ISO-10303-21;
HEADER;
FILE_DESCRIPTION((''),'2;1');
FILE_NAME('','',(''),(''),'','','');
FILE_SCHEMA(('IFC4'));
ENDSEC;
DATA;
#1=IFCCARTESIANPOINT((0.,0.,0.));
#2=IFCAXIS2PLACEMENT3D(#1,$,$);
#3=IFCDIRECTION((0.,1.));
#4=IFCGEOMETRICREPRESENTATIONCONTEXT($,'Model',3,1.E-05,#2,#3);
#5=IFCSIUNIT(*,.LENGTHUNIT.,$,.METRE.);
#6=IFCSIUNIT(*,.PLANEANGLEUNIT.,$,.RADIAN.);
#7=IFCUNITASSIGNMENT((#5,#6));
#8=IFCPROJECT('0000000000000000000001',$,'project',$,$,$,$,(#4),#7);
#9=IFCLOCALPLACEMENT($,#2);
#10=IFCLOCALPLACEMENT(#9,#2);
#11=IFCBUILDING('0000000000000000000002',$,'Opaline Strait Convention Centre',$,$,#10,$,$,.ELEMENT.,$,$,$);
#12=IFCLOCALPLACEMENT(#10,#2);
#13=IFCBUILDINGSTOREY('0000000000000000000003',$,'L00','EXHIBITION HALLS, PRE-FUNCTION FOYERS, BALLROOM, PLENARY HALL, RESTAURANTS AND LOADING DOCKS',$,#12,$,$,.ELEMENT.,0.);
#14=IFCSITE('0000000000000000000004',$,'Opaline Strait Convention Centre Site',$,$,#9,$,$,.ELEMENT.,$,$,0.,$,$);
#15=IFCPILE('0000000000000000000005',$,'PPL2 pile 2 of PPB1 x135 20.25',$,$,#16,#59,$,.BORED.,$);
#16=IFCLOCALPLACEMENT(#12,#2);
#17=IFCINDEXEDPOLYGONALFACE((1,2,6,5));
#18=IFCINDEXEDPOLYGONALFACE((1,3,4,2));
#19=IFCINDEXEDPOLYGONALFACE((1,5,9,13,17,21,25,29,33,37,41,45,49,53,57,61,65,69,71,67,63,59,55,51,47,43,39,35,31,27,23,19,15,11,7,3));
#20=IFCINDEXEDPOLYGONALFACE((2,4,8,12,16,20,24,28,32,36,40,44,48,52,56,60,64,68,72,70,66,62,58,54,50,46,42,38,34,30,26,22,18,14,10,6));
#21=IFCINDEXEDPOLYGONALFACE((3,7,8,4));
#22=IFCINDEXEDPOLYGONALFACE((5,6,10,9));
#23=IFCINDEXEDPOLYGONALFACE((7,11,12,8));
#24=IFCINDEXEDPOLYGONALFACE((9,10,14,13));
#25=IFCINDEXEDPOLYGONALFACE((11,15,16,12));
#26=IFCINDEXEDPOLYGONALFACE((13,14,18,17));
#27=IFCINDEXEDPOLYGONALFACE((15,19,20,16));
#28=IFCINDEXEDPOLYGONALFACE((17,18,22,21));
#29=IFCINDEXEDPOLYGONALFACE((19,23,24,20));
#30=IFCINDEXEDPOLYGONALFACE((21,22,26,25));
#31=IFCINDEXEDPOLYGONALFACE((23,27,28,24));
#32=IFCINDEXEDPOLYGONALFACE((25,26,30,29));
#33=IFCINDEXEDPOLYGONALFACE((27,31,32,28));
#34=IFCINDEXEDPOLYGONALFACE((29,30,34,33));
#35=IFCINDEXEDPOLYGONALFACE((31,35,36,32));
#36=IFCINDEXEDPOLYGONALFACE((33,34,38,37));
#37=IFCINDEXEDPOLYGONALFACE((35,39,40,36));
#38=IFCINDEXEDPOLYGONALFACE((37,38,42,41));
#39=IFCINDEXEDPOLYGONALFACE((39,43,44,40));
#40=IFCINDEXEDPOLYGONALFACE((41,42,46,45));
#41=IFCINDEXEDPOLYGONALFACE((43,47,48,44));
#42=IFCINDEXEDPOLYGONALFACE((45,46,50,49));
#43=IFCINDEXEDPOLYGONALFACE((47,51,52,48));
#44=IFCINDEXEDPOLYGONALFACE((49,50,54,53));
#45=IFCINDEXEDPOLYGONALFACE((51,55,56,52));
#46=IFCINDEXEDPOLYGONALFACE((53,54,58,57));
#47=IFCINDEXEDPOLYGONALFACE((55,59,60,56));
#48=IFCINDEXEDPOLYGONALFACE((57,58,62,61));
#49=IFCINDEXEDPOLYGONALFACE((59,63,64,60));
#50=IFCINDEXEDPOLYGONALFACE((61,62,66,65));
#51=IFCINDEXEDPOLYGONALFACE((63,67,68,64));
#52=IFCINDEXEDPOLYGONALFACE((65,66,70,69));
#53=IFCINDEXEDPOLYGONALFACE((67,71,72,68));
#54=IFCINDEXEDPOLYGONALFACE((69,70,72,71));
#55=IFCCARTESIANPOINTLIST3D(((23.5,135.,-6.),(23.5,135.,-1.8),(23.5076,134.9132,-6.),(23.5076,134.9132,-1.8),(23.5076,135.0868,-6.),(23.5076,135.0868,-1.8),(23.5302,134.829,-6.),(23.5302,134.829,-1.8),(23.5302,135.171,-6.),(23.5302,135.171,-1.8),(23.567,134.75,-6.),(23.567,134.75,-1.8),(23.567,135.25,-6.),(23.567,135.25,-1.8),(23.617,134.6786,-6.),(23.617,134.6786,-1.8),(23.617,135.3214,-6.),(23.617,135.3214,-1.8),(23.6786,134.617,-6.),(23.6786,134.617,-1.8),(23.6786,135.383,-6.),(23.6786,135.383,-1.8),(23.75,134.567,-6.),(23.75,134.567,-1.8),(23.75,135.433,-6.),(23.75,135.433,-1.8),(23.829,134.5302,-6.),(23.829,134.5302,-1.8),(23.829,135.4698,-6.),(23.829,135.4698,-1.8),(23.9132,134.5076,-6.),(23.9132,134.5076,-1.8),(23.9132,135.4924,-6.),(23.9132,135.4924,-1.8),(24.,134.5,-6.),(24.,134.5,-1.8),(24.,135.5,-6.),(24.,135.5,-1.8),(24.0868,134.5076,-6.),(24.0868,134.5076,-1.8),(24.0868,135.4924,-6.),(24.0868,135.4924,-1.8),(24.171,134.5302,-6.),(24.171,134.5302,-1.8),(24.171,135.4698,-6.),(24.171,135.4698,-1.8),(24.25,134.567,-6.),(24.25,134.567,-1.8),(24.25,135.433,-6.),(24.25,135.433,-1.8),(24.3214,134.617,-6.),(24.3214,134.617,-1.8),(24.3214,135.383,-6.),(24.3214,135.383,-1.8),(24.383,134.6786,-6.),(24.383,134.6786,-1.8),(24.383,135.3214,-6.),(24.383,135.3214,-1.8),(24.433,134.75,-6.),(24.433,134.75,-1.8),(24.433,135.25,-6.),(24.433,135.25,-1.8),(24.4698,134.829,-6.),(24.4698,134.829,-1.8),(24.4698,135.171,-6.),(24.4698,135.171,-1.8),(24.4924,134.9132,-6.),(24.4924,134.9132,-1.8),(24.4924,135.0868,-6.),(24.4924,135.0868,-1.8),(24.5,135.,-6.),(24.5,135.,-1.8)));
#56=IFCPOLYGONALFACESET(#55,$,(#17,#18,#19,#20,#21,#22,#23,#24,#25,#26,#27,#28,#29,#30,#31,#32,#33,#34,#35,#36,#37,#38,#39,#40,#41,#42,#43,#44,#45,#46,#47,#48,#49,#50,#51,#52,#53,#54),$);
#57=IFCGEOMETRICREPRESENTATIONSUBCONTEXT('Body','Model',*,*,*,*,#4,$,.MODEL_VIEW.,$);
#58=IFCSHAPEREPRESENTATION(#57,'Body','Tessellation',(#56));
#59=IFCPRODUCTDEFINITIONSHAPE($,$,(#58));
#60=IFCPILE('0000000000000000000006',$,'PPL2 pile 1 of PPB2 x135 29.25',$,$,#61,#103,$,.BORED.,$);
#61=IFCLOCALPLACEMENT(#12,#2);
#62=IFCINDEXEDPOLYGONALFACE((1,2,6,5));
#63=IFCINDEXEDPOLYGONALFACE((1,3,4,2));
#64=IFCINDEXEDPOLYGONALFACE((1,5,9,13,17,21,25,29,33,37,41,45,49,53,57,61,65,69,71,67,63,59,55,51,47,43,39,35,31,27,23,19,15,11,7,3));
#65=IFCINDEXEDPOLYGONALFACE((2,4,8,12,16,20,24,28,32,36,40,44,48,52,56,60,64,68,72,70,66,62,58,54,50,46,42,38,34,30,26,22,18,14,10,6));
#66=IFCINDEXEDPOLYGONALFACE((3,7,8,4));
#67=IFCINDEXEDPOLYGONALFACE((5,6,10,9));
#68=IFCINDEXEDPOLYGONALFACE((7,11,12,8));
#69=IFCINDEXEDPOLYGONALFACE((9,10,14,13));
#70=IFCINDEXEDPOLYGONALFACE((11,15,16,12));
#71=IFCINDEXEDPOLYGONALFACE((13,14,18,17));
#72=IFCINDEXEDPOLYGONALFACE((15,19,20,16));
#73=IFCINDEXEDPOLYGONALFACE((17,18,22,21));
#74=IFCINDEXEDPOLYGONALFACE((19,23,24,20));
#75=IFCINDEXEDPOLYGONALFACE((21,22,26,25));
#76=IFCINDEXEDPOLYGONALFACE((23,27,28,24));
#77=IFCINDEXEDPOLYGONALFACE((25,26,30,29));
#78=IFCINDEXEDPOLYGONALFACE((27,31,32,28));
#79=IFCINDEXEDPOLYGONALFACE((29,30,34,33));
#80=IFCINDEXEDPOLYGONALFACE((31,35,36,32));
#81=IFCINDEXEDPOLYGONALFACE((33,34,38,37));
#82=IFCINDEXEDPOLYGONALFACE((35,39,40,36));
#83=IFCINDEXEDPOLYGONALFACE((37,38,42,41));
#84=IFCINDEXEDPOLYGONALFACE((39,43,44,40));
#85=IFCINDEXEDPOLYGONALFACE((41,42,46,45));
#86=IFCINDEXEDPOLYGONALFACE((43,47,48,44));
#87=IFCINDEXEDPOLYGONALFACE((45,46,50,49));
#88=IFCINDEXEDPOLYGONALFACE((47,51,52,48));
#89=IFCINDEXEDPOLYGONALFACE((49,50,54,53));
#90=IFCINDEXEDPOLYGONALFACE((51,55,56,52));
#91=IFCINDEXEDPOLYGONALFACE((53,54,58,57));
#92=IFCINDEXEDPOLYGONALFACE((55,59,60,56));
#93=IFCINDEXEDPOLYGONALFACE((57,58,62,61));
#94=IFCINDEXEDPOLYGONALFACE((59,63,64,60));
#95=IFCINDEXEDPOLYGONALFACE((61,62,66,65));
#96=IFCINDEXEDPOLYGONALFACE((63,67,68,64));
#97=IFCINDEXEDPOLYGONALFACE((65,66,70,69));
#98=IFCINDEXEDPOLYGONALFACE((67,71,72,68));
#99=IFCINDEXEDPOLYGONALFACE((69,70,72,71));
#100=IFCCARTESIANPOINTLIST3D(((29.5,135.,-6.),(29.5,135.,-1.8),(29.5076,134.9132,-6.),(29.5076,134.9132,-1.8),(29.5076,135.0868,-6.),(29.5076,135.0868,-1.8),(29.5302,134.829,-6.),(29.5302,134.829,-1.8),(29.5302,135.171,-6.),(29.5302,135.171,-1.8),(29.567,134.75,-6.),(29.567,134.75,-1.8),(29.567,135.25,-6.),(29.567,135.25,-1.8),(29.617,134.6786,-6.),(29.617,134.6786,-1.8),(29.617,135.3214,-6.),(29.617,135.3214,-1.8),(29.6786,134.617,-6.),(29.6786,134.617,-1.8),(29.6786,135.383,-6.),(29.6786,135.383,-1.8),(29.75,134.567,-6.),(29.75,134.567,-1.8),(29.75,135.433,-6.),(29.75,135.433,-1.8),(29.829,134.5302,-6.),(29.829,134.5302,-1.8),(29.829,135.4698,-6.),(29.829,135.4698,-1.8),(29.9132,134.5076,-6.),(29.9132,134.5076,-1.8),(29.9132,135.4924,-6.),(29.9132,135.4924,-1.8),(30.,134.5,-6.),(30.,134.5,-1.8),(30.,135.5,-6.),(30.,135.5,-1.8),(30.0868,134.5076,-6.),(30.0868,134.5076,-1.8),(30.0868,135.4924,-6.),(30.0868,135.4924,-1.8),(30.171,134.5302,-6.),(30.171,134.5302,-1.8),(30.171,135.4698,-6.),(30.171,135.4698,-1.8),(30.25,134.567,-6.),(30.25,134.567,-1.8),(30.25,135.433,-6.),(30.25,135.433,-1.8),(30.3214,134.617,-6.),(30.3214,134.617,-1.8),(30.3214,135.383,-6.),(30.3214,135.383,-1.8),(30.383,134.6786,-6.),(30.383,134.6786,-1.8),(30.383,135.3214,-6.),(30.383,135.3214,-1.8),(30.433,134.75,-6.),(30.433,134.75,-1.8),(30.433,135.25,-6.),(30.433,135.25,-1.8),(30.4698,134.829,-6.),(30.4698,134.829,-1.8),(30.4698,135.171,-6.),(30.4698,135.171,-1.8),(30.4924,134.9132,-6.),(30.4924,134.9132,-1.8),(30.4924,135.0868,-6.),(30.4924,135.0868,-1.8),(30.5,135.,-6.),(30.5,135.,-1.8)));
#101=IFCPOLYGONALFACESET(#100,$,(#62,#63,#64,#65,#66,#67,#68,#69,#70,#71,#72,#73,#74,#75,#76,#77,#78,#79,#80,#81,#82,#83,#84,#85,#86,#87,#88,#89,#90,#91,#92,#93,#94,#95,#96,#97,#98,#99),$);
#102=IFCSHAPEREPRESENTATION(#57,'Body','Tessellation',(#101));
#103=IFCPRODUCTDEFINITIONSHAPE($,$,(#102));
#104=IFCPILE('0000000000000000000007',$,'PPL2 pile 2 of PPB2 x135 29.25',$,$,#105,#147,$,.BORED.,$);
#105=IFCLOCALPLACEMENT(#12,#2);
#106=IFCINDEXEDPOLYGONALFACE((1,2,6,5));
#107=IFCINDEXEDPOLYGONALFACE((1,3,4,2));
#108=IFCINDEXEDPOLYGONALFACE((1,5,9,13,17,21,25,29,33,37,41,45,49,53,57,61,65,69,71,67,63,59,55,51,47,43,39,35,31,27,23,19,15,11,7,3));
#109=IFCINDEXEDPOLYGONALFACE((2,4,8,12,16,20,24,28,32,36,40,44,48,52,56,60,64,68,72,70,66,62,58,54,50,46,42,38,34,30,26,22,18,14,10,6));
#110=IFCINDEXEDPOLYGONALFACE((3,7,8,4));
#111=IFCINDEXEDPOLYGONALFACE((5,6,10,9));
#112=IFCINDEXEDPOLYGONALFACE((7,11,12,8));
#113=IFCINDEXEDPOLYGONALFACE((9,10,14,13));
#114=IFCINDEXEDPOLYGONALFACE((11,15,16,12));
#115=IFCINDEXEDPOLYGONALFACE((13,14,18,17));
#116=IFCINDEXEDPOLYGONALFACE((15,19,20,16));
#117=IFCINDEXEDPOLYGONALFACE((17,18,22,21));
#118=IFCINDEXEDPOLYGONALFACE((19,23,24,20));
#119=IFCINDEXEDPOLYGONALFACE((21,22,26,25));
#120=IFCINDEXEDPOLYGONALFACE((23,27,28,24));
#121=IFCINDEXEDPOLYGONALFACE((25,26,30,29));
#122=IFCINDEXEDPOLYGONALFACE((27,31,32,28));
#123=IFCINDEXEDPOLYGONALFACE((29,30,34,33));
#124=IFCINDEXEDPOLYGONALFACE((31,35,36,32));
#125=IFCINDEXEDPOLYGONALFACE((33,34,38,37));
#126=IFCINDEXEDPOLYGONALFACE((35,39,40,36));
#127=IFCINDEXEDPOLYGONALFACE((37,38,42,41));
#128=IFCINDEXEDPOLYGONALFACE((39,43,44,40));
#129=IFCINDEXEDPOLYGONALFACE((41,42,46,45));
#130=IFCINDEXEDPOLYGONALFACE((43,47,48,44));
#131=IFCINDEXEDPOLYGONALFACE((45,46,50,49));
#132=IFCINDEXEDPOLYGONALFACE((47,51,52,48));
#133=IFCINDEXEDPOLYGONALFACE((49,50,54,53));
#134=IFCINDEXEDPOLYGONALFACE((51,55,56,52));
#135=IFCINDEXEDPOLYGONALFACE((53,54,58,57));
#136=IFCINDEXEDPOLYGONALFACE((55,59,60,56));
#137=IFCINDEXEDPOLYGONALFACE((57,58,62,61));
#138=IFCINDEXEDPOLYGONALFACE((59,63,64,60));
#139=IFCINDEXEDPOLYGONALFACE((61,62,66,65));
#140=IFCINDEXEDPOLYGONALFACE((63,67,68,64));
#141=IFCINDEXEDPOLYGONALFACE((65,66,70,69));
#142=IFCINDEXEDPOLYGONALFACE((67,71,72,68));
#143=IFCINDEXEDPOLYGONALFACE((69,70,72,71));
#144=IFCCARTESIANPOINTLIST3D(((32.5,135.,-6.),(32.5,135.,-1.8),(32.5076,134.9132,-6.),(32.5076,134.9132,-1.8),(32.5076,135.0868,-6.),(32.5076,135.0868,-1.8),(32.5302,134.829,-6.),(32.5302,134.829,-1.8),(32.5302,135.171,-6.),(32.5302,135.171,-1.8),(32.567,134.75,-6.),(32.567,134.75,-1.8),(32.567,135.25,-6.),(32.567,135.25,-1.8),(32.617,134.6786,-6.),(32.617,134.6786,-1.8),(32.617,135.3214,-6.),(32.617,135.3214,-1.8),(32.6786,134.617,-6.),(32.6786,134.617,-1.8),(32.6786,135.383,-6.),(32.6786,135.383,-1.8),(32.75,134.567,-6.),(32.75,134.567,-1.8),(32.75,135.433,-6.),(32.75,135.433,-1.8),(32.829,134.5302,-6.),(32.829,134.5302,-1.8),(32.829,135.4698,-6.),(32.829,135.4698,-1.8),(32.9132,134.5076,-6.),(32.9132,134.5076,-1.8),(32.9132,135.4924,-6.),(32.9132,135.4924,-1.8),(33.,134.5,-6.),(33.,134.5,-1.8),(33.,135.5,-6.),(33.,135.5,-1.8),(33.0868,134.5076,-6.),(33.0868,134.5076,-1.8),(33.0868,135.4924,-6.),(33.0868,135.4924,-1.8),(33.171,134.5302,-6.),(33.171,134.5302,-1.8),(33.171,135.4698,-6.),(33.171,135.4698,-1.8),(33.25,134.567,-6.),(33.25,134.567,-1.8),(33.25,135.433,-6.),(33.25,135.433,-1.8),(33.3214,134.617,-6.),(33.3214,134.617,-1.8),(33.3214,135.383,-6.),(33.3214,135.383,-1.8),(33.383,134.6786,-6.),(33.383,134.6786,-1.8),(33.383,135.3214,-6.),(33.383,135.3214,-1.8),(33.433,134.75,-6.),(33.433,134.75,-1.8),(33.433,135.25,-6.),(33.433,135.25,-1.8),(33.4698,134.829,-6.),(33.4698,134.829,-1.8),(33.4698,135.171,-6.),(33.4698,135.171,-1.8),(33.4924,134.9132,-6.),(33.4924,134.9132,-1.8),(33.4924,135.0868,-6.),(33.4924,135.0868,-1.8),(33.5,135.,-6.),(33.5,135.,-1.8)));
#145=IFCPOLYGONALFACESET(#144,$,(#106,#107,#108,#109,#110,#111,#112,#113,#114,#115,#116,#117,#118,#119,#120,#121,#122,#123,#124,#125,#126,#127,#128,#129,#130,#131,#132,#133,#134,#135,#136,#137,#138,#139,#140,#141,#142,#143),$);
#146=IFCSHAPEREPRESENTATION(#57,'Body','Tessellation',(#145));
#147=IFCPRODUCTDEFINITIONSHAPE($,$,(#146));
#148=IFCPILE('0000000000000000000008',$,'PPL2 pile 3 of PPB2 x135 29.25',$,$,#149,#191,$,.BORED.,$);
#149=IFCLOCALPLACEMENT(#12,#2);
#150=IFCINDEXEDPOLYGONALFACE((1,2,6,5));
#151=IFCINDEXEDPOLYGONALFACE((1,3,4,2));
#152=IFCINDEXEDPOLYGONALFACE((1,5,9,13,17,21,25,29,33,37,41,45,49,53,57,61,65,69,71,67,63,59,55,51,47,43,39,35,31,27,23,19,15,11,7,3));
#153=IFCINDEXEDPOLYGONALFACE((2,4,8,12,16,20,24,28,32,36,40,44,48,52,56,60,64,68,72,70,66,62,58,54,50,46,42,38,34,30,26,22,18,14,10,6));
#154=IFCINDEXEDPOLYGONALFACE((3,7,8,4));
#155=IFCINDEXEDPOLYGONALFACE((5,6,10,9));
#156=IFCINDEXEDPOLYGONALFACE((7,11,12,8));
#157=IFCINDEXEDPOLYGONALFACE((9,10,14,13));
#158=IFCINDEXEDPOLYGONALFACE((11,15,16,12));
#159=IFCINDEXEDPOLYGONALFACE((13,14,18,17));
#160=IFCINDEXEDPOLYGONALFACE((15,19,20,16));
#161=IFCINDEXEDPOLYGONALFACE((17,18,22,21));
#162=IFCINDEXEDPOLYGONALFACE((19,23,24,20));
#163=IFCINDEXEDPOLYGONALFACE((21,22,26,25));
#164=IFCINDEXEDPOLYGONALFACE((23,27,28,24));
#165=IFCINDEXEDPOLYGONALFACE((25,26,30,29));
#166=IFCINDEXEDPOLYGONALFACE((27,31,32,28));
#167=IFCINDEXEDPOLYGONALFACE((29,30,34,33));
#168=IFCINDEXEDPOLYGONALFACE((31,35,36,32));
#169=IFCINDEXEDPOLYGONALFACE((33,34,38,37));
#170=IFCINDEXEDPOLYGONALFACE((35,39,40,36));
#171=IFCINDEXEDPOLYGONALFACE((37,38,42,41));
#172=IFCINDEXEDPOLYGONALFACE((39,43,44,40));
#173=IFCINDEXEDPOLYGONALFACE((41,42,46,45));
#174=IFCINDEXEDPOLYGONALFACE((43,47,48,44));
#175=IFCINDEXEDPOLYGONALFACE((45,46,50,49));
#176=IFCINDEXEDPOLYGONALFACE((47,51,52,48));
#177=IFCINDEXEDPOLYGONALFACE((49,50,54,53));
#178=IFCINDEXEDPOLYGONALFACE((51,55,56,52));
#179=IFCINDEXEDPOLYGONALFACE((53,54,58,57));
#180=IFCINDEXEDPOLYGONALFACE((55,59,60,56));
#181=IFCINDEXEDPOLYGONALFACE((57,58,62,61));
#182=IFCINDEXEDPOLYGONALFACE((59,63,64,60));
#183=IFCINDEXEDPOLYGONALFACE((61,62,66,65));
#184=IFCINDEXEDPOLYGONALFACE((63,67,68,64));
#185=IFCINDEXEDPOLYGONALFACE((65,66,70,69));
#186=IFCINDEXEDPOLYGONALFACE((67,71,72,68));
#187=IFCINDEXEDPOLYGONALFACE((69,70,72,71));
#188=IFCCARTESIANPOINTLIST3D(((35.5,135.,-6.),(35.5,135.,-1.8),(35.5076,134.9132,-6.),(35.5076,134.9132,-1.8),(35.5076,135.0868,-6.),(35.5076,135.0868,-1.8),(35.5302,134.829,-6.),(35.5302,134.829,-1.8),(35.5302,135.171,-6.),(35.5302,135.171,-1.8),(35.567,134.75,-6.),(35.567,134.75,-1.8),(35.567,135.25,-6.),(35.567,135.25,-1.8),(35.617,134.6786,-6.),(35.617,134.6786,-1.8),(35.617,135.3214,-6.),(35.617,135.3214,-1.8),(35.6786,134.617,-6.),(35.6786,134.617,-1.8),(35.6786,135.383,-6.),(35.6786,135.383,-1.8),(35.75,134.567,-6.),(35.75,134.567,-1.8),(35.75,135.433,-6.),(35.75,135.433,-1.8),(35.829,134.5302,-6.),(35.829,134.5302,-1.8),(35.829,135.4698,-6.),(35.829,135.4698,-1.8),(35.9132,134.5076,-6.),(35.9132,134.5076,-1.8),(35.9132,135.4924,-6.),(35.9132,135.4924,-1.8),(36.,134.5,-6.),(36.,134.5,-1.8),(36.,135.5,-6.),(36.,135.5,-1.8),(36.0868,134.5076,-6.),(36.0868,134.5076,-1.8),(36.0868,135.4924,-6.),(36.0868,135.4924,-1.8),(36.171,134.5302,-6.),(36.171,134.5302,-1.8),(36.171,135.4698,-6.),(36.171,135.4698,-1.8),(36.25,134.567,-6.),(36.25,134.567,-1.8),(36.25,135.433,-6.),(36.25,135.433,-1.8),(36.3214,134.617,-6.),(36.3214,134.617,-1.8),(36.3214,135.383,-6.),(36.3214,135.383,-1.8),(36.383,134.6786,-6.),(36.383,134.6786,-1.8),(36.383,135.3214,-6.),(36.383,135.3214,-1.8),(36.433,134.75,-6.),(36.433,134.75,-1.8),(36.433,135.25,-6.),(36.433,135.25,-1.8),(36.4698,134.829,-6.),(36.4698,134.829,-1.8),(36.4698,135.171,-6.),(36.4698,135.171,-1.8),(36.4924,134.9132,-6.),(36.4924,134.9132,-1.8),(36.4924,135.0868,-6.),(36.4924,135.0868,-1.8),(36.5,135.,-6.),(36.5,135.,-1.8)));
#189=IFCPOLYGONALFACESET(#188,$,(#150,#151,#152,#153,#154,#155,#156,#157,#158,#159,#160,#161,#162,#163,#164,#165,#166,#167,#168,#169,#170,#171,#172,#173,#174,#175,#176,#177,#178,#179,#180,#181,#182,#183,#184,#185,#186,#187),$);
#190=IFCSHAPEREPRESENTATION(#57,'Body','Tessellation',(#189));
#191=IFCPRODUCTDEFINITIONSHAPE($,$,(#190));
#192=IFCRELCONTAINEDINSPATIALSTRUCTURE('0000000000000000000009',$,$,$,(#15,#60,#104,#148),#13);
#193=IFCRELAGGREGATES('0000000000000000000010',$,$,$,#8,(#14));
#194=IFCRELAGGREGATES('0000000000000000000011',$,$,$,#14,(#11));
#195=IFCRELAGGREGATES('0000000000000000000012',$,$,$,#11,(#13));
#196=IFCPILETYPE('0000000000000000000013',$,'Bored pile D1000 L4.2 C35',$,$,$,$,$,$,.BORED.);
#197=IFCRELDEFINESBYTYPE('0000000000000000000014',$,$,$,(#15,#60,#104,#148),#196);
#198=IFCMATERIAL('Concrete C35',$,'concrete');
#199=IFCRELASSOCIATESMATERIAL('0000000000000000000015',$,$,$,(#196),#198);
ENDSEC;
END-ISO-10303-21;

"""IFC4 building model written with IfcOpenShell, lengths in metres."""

from ifc_helpers import new_model, si_unit, direction, frame, origin, origin_2d, place, context, subcontext, project, spatial, circle, extrude, material, material_profile, profile_set, type_object, element, save


model = new_model("IFC4")

# Units and contexts
model_context = context("Model", 3, precision=1e-05, world=origin(), true_north=direction((0.0, 1.0)))
body_context = subcontext(model_context, "Body", "Model", "MODEL_VIEW")
ifc_project = project(units=[si_unit("LENGTHUNIT", "METRE"), si_unit("PLANEANGLEUNIT", "RADIAN")], contexts=[model_context])

# Site, building, storey
site_placement = place(None, origin())
site = spatial("IfcSite", under=ifc_project, at=site_placement, Name="Opaline Strait Convention Centre Site", CompositionType="ELEMENT", RefElevation=0.0)
building_placement = place(site_placement, origin())
building = spatial("IfcBuilding", under=site, at=building_placement, Name="Opaline Strait Convention Centre", CompositionType="ELEMENT")
storey_placement = place(building_placement, origin())
storey = spatial("IfcBuildingStorey", under=building, at=storey_placement, Name="L00", Description="EXHIBITION HALLS, PRE-FUNCTION FOYERS, BALLROOM, PLENARY HALL, RESTAURANTS AND LOADING DOCKS", CompositionType="ELEMENT", Elevation=0.0)

# Piles
ifc_material_1 = material(Name="Concrete C35", Category="concrete")
ifc_material_profile_1 = material_profile(ifc_material_1, circle(Radius=0.5, at=origin_2d()), Name="D1000")
ifc_profile_set_1 = profile_set([ifc_material_profile_1], Name="Concrete C35")
pile_type_1 = type_object("IfcPileType", Name="Bored pile D1000 L4.2 C35", PredefinedType="BORED", material=ifc_profile_set_1)
for number, where, z_axis, x_axis, name in (
    (1, (24.0, 135.0, -1.8), (0.0, 0.0, -1.0), (1.0, 0.0, 0.0), "PPL2 pile 2 of PPB1 x135 20.25"),
    (2, (30.0, 135.0, -1.8), (0.0, 0.0, -1.0), (1.0, 0.0, 0.0), "PPL2 pile 1 of PPB2 x135 29.25"),
    (3, (33.0, 135.0, -1.8), (0.0, 0.0, -1.0), (1.0, 0.0, 0.0), "PPL2 pile 2 of PPB2 x135 29.25"),
    (4, (36.0, 135.0, -1.8), (0.0, 0.0, -1.0), (1.0, 0.0, 0.0), "PPL2 pile 3 of PPB2 x135 29.25"),
):
    element("IfcPile", number, at=place(storey_placement, frame(where, z_axis=z_axis, x_axis=x_axis)), inside=storey, type_object=pile_type_1, Name=name, PredefinedType="BORED", context=body_context, shape_type="SweptSolid", body=[
        extrude(circle(Radius=0.5, at=origin_2d()), origin(), (0.0, 0.0, 1.0), 4.2),
    ])

save(model, "model.ifc")
